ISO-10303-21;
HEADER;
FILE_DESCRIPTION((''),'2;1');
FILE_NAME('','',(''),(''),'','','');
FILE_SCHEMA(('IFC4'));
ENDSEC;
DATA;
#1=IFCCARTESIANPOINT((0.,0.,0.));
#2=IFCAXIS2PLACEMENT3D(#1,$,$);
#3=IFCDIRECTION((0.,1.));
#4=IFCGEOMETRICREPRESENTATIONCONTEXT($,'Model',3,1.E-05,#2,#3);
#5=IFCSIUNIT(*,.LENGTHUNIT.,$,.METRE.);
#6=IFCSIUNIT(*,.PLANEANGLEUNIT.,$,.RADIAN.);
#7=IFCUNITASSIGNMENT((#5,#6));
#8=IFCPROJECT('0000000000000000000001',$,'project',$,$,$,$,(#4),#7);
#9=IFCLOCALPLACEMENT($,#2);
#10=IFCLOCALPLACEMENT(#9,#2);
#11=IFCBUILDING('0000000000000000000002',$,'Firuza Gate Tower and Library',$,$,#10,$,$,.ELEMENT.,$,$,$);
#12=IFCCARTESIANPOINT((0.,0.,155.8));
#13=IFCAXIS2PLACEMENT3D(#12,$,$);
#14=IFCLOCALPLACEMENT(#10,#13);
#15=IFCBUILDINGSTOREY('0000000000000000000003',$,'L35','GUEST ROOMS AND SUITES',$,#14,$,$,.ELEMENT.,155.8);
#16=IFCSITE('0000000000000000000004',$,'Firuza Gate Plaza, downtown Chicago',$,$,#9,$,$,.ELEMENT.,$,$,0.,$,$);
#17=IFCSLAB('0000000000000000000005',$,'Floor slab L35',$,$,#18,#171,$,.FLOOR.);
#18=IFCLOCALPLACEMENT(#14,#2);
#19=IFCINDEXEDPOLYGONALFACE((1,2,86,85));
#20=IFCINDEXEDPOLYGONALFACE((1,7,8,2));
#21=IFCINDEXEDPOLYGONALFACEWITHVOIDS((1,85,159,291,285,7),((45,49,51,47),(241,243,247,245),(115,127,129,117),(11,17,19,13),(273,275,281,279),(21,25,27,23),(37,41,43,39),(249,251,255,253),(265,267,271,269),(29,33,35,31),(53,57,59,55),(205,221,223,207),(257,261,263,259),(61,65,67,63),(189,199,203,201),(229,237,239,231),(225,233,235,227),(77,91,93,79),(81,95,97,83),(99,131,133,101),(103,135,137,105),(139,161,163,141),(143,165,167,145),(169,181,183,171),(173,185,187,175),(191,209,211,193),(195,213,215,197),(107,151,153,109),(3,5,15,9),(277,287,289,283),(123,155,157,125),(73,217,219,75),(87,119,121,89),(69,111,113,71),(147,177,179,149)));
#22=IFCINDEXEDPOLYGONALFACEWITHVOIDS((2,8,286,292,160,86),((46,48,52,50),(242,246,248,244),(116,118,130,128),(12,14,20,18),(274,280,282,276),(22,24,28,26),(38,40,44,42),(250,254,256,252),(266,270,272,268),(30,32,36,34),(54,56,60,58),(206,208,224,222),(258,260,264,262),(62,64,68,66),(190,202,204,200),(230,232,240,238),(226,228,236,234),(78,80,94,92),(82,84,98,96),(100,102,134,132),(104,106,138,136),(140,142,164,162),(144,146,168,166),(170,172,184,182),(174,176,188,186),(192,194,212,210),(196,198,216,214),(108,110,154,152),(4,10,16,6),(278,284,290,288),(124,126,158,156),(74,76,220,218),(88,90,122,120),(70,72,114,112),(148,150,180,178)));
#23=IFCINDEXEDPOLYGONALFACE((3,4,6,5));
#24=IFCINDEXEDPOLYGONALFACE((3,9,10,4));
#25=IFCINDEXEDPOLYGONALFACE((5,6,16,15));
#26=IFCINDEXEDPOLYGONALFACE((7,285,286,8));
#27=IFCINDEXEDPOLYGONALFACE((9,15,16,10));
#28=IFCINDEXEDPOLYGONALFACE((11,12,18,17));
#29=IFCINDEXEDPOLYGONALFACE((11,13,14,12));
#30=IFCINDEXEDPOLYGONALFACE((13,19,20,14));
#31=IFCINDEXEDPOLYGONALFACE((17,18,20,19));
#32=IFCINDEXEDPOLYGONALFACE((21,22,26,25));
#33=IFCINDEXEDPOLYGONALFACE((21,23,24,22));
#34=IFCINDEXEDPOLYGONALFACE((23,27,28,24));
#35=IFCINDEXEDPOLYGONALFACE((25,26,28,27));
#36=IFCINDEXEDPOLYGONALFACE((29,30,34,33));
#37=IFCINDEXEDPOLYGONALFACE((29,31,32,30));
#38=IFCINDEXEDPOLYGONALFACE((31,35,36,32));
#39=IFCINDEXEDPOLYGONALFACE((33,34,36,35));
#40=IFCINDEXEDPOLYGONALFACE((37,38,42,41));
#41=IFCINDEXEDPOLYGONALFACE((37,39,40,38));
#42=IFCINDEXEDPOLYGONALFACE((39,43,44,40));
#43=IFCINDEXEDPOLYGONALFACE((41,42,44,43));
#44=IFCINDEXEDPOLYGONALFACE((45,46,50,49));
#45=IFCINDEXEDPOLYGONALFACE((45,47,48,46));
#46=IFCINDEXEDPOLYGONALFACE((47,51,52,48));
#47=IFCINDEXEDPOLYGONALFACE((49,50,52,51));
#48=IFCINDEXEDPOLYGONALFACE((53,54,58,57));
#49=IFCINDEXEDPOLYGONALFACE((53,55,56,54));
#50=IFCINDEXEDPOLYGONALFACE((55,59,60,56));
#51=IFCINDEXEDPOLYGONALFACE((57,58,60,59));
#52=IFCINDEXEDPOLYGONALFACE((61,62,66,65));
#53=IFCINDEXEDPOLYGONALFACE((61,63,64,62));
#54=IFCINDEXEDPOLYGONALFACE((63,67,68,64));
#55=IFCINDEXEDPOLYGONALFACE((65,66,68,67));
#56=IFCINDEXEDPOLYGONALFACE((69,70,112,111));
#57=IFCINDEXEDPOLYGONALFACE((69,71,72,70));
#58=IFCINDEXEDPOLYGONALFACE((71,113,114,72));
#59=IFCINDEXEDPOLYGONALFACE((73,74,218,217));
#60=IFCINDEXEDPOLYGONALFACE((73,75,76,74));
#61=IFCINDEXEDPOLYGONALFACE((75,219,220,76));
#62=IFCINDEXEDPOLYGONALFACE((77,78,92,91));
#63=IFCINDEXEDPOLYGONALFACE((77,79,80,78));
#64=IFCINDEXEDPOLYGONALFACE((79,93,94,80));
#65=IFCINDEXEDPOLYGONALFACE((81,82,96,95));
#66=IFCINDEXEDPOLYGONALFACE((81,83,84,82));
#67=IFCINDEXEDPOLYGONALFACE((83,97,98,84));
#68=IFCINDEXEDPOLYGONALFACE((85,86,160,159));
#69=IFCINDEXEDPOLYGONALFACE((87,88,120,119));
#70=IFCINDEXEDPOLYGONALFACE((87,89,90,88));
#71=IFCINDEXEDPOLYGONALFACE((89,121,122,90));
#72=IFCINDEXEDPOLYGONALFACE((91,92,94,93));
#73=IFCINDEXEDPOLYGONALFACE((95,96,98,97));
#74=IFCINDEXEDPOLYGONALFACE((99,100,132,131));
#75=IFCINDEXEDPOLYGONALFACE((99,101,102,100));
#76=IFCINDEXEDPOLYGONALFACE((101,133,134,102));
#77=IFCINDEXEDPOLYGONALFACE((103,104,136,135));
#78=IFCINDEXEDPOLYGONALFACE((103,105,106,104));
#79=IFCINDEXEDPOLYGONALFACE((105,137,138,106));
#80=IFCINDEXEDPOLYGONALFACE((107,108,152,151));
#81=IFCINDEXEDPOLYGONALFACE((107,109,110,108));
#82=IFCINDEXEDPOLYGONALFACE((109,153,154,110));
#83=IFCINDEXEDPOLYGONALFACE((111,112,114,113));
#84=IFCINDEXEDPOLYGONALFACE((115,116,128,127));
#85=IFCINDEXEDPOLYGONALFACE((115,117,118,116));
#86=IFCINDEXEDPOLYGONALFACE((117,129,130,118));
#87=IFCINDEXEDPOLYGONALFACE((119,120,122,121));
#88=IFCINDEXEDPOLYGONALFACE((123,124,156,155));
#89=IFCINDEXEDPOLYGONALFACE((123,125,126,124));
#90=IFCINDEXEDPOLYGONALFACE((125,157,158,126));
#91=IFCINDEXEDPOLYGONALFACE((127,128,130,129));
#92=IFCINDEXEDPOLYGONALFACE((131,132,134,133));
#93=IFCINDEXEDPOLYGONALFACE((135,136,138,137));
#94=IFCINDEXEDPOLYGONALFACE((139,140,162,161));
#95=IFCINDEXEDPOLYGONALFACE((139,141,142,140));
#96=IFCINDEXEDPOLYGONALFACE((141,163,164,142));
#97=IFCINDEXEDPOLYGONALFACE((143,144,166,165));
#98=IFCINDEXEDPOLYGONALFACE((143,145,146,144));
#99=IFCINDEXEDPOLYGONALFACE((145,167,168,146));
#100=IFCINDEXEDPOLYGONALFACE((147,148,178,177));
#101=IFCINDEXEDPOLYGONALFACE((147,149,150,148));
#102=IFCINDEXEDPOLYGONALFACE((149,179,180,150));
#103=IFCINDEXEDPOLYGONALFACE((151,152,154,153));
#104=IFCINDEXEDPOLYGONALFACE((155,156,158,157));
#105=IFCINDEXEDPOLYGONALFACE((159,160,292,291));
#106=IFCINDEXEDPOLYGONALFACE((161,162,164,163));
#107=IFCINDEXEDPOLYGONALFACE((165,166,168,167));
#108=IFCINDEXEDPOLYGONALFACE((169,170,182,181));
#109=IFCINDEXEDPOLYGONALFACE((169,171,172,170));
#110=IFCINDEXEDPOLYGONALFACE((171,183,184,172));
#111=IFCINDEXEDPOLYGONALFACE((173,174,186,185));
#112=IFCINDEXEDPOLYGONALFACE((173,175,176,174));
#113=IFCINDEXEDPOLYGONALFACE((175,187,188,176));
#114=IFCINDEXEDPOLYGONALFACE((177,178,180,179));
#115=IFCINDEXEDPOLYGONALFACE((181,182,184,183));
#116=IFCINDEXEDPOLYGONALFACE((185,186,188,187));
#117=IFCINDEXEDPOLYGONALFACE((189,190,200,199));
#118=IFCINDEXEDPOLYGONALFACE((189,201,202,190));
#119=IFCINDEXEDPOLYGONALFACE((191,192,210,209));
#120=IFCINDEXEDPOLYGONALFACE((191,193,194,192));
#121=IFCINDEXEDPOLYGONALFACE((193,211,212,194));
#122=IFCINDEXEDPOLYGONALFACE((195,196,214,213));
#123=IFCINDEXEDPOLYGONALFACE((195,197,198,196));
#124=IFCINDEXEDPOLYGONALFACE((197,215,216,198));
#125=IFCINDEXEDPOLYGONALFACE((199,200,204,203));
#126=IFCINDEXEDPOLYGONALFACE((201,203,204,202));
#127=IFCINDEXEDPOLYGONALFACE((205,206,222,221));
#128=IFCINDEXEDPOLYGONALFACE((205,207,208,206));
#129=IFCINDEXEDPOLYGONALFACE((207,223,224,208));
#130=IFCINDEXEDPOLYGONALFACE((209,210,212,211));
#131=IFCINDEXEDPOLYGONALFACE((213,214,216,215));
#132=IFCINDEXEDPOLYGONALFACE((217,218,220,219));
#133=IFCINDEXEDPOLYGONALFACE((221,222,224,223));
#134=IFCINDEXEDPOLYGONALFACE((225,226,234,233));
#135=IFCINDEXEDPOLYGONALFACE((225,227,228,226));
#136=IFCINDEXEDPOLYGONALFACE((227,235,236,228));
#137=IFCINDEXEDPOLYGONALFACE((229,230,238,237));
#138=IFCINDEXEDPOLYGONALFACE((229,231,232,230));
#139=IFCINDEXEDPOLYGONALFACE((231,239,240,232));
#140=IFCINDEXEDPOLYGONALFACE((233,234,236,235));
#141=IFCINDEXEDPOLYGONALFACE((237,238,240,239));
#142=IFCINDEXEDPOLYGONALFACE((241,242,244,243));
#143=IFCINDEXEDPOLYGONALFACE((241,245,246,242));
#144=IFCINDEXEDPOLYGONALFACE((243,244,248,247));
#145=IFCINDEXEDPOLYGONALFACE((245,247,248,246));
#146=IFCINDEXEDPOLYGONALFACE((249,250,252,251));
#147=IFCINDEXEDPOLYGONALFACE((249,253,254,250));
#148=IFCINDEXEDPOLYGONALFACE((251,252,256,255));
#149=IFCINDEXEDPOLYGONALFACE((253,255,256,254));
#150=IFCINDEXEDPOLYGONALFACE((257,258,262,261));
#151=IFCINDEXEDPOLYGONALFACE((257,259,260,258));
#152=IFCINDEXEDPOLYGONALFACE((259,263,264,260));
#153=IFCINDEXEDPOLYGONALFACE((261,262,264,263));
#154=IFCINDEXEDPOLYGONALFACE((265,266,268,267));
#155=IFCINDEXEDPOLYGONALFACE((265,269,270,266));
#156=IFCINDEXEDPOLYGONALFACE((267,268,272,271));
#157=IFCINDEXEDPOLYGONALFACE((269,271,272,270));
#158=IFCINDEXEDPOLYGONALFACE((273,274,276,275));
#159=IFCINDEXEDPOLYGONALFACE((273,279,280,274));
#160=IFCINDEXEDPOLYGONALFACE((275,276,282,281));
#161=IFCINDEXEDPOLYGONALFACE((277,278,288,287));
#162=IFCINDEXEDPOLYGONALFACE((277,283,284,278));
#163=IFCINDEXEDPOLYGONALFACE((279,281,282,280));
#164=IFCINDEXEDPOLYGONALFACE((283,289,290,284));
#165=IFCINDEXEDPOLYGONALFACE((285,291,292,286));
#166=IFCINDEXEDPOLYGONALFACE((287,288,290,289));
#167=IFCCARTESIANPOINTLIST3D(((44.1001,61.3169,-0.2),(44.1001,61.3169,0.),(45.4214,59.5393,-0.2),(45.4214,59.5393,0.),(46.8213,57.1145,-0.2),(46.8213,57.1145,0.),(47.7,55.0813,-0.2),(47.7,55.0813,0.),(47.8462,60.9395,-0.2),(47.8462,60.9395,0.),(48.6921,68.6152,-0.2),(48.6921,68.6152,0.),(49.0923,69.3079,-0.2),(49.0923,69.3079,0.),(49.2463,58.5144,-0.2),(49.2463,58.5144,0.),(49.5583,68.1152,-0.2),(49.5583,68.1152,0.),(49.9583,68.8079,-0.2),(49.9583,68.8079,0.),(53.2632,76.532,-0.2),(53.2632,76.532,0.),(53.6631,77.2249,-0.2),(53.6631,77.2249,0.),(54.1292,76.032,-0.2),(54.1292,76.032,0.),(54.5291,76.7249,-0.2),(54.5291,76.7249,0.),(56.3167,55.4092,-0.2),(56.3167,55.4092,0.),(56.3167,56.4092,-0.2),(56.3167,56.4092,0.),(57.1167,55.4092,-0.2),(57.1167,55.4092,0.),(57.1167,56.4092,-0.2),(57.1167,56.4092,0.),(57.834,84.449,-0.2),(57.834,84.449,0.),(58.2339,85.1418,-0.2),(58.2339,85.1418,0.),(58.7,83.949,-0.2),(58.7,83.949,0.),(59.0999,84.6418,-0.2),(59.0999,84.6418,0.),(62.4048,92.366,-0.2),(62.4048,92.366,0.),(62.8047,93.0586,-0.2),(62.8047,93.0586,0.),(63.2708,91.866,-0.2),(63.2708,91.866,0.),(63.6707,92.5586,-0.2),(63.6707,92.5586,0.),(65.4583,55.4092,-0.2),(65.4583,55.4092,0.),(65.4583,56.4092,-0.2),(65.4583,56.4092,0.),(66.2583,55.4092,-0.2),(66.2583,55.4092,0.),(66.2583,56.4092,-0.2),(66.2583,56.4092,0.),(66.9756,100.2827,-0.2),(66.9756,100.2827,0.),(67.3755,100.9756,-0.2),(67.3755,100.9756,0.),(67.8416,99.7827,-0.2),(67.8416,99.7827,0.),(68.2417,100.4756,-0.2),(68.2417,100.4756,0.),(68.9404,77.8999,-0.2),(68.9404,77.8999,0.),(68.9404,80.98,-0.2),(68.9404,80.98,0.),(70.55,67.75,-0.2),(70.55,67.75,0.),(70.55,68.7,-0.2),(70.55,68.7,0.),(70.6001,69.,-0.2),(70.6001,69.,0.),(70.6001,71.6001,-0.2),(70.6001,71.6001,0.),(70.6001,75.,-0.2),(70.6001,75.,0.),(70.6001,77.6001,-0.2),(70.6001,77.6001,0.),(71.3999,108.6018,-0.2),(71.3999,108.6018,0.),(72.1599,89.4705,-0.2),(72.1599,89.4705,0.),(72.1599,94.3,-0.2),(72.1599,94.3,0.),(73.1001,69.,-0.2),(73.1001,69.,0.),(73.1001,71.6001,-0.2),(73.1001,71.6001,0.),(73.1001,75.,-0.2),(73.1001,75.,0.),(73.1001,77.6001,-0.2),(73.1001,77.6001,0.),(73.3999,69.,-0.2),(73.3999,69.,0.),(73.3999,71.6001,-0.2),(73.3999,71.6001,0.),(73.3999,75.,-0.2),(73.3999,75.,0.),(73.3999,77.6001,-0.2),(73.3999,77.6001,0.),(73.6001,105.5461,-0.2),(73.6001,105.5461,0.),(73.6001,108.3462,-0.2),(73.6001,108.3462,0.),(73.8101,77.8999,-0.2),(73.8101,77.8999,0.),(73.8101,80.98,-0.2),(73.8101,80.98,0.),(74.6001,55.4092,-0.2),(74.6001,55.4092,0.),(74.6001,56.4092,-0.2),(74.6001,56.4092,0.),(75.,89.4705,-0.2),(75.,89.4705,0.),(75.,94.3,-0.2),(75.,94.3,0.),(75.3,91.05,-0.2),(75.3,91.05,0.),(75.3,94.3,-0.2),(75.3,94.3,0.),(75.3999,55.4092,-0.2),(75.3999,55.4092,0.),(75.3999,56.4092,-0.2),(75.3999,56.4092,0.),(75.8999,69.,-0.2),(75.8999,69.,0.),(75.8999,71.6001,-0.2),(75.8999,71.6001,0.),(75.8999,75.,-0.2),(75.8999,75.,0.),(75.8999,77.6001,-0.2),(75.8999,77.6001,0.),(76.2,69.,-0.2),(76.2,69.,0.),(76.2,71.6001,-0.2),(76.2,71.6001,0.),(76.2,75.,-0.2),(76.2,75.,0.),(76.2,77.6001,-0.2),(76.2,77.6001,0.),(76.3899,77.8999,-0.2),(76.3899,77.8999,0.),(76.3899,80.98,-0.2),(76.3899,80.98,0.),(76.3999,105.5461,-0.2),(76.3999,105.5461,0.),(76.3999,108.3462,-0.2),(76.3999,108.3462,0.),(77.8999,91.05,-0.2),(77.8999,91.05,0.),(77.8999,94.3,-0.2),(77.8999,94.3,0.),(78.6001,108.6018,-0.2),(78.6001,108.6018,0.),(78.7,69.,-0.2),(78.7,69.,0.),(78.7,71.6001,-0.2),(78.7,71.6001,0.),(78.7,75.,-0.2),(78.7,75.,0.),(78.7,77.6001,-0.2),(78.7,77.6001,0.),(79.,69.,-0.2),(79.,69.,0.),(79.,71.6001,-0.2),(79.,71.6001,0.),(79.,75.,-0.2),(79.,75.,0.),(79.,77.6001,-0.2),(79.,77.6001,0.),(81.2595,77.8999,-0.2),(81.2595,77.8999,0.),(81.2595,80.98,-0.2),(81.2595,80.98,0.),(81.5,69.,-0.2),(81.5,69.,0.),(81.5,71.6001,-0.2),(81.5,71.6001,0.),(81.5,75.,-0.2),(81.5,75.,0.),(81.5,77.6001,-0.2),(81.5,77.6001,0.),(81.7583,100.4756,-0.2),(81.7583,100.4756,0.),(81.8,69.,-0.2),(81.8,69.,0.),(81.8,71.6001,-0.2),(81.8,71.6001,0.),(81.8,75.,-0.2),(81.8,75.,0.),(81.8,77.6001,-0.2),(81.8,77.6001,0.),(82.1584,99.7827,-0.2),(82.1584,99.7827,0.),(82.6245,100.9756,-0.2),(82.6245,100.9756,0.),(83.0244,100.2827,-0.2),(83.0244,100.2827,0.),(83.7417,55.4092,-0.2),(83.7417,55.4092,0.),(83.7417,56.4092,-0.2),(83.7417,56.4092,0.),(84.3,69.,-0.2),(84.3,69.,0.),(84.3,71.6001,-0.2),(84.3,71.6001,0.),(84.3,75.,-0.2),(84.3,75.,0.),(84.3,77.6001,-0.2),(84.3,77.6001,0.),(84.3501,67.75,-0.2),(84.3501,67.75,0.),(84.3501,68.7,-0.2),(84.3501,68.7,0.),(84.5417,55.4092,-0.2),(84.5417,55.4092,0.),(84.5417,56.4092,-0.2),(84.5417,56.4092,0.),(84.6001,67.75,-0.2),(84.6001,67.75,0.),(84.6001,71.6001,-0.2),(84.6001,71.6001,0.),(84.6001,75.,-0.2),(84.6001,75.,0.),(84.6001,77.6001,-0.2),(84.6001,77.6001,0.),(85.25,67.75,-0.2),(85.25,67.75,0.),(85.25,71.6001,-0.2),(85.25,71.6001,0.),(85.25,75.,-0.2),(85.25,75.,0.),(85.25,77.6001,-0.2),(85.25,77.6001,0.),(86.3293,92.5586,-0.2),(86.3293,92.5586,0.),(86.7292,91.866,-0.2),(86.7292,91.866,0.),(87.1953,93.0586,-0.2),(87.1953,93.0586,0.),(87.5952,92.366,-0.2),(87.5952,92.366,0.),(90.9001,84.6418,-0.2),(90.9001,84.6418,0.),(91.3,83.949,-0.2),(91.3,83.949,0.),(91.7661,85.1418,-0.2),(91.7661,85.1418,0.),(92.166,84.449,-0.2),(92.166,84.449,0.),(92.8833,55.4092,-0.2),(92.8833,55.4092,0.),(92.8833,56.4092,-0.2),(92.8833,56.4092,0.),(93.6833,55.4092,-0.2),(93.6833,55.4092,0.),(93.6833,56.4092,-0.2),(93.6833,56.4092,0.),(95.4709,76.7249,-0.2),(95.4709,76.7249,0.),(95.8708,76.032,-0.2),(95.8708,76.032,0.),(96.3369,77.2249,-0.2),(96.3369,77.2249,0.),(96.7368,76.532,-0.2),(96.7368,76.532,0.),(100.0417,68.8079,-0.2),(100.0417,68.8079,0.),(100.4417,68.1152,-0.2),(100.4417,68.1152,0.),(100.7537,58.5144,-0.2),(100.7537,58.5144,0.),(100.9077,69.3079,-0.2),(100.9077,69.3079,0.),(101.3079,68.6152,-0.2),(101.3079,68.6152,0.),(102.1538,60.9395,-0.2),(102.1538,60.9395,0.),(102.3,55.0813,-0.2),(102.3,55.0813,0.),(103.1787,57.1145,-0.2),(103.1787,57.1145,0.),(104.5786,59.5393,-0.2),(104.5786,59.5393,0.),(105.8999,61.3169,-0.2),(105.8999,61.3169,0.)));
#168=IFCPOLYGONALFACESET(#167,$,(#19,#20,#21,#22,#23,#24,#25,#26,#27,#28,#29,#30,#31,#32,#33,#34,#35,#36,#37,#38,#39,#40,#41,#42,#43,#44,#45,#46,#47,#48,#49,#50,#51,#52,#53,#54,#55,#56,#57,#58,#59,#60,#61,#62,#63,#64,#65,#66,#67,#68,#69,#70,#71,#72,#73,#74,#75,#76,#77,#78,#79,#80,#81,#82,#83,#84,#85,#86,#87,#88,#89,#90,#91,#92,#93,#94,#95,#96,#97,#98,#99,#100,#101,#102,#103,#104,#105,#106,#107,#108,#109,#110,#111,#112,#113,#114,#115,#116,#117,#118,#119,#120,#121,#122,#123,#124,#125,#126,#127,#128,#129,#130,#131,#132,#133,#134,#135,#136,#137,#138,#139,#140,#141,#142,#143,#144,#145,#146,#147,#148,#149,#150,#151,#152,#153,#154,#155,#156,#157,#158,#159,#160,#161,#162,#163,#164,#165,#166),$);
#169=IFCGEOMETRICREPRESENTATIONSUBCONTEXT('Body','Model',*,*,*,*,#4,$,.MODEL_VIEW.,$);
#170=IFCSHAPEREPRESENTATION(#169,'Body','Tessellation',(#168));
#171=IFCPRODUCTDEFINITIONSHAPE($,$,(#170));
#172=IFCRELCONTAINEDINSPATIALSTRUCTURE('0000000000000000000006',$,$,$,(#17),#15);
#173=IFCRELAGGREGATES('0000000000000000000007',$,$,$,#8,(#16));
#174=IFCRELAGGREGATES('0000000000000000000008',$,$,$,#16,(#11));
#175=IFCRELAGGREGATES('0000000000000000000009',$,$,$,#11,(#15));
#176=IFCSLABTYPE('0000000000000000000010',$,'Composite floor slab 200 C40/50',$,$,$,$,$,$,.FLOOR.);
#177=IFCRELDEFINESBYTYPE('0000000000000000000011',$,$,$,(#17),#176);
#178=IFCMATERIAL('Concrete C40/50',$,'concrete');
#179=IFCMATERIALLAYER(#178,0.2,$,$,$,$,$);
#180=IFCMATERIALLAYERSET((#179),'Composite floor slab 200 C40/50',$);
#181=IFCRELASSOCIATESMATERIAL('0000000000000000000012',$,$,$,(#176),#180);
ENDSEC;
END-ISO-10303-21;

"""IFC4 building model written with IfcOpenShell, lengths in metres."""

from ifc_helpers import new_model, si_unit, direction, frame, origin, place, context, subcontext, project, spatial, polyline, outline, extrude, material, layer, layer_set, type_object, element, save


model = new_model("IFC4")

# Units and contexts
model_context = context("Model", 3, precision=1e-05, world=origin(), true_north=direction((0.0, 1.0)))
body_context = subcontext(model_context, "Body", "Model", "MODEL_VIEW")
ifc_project = project(units=[si_unit("LENGTHUNIT", "METRE"), si_unit("PLANEANGLEUNIT", "RADIAN")], contexts=[model_context])

# Site, building, storey
site_placement = place(None, origin())
site = spatial("IfcSite", under=ifc_project, at=site_placement, Name="Firuza Gate Plaza, downtown Chicago", CompositionType="ELEMENT", RefElevation=0.0)
building_placement = place(site_placement, origin())
building = spatial("IfcBuilding", under=site, at=building_placement, Name="Firuza Gate Tower and Library", CompositionType="ELEMENT")
storey_placement = place(building_placement, frame((0.0, 0.0, 155.8)))
storey = spatial("IfcBuildingStorey", under=building, at=storey_placement, Name="L35", Description="GUEST ROOMS AND SUITES", CompositionType="ELEMENT", Elevation=155.8)

# Slab
ifc_material_1 = material(Name="Concrete C40/50", Category="concrete")
ifc_layer_1 = layer(ifc_material_1, 0.2)
ifc_layer_set_1 = layer_set([ifc_layer_1], Name="Composite floor slab 200 C40/50")
slab_type_1 = type_object("IfcSlabType", Name="Composite floor slab 200 C40/50", PredefinedType="FLOOR", material=ifc_layer_set_1)
slab_1_placement = place(storey_placement, frame((0.0, 0.0, -0.2)))
element("IfcSlab", 1, at=slab_1_placement, inside=storey, type_object=slab_type_1, Name="Floor slab L35", PredefinedType="FLOOR", context=body_context, shape_type="SweptSolid", body=[
    extrude(outline(polyline([(44.1001, 61.3169), (47.7, 55.0813), (102.3, 55.0813), (105.8999, 61.3169), (78.6001, 108.6018), (71.3999, 108.6018), (44.1001, 61.3169)]), holes=[polyline([(56.3167, 55.4092), (56.3167, 56.4092), (57.1167, 56.4092), (57.1167, 55.4092), (56.3167, 55.4092)]), polyline([(74.6001, 55.4092), (74.6001, 56.4092), (75.3999, 56.4092), (75.3999, 55.4092), (74.6001, 55.4092)]), polyline([(65.4583, 55.4092), (65.4583, 56.4092), (66.2583, 56.4092), (66.2583, 55.4092), (65.4583, 55.4092)]), polyline([(45.4214, 59.5393), (47.8462, 60.9395), (49.2463, 58.5144), (46.8213, 57.1145), (45.4214, 59.5393)]), polyline([(84.3501, 67.75), (70.55, 67.75), (70.55, 68.7), (84.3501, 68.7), (84.3501, 67.75)]), polyline([(49.0923, 69.3079), (49.9583, 68.8079), (49.5583, 68.1152), (48.6921, 68.6152), (49.0923, 69.3079)]), polyline([(73.1001, 69.0), (70.6001, 69.0), (70.6001, 71.6001), (73.1001, 71.6001), (73.1001, 69.0)]), polyline([(75.8999, 69.0), (73.3999, 69.0), (73.3999, 71.6001), (75.8999, 71.6001), (75.8999, 69.0)]), polyline([(73.1001, 75.0), (70.6001, 75.0), (70.6001, 77.6001), (73.1001, 77.6001), (73.1001, 75.0)]), polyline([(75.8999, 75.0), (73.3999, 75.0), (73.3999, 77.6001), (75.8999, 77.6001), (75.8999, 75.0)]), polyline([(53.6631, 77.2249), (54.5291, 76.7249), (54.1292, 76.032), (53.2632, 76.532), (53.6631, 77.2249)]), polyline([(73.8101, 77.8999), (68.9404, 77.8999), (68.9404, 80.98), (73.8101, 80.98), (73.8101, 77.8999)]), polyline([(58.2339, 85.1418), (59.0999, 84.6418), (58.7, 83.949), (57.834, 84.449), (58.2339, 85.1418)]), polyline([(72.1599, 89.4705), (72.1599, 94.3), (75.0, 94.3), (75.0, 89.4705), (72.1599, 89.4705)]), polyline([(62.8047, 93.0586), (63.6707, 92.5586), (63.2708, 91.866), (62.4048, 92.366), (62.8047, 93.0586)]), polyline([(75.3, 91.05), (75.3, 94.3), (77.8999, 94.3), (77.8999, 91.05), (75.3, 91.05)]), polyline([(68.2417, 100.4756), (67.8416, 99.7827), (66.9756, 100.2827), (67.3755, 100.9756), (68.2417, 100.4756)]), polyline([(76.3999, 108.3462), (76.3999, 105.5461), (73.6001, 105.5461), (73.6001, 108.3462), (76.3999, 108.3462)]), polyline([(92.8833, 55.4092), (92.8833, 56.4092), (93.6833, 56.4092), (93.6833, 55.4092), (92.8833, 55.4092)]), polyline([(83.7417, 55.4092), (83.7417, 56.4092), (84.5417, 56.4092), (84.5417, 55.4092), (83.7417, 55.4092)]), polyline([(103.1787, 57.1145), (100.7537, 58.5144), (102.1538, 60.9395), (104.5786, 59.5393), (103.1787, 57.1145)]), polyline([(101.3079, 68.6152), (100.4417, 68.1152), (100.0417, 68.8079), (100.9077, 69.3079), (101.3079, 68.6152)]), polyline([(85.25, 67.75), (84.6001, 67.75), (84.6001, 71.6001), (85.25, 71.6001), (85.25, 67.75)]), polyline([(81.5, 69.0), (79.0, 69.0), (79.0, 71.6001), (81.5, 71.6001), (81.5, 69.0)]), polyline([(81.8, 69.0), (81.8, 71.6001), (84.3, 71.6001), (84.3, 69.0), (81.8, 69.0)]), polyline([(76.2, 69.0), (76.2, 71.6001), (78.7, 71.6001), (78.7, 69.0), (76.2, 69.0)]), polyline([(81.5, 75.0), (79.0, 75.0), (79.0, 77.6001), (81.5, 77.6001), (81.5, 75.0)]), polyline([(84.3, 75.0), (81.8, 75.0), (81.8, 77.6001), (84.3, 77.6001), (84.3, 75.0)]), polyline([(85.25, 75.0), (84.6001, 75.0), (84.6001, 77.6001), (85.25, 77.6001), (85.25, 75.0)]), polyline([(78.7, 75.0), (76.2, 75.0), (76.2, 77.6001), (78.7, 77.6001), (78.7, 75.0)]), polyline([(96.7368, 76.532), (95.8708, 76.032), (95.4709, 76.7249), (96.3369, 77.2249), (96.7368, 76.532)]), polyline([(81.2595, 77.8999), (76.3899, 77.8999), (76.3899, 80.98), (81.2595, 80.98), (81.2595, 77.8999)]), polyline([(92.166, 84.449), (91.3, 83.949), (90.9001, 84.6418), (91.7661, 85.1418), (92.166, 84.449)]), polyline([(86.7292, 91.866), (86.3293, 92.5586), (87.1953, 93.0586), (87.5952, 92.366), (86.7292, 91.866)]), polyline([(82.1584, 99.7827), (81.7583, 100.4756), (82.6245, 100.9756), (83.0244, 100.2827), (82.1584, 99.7827)])]), origin(), (0.0, 0.0, 1.0), 0.2),
])

save(model, "model.ifc")
